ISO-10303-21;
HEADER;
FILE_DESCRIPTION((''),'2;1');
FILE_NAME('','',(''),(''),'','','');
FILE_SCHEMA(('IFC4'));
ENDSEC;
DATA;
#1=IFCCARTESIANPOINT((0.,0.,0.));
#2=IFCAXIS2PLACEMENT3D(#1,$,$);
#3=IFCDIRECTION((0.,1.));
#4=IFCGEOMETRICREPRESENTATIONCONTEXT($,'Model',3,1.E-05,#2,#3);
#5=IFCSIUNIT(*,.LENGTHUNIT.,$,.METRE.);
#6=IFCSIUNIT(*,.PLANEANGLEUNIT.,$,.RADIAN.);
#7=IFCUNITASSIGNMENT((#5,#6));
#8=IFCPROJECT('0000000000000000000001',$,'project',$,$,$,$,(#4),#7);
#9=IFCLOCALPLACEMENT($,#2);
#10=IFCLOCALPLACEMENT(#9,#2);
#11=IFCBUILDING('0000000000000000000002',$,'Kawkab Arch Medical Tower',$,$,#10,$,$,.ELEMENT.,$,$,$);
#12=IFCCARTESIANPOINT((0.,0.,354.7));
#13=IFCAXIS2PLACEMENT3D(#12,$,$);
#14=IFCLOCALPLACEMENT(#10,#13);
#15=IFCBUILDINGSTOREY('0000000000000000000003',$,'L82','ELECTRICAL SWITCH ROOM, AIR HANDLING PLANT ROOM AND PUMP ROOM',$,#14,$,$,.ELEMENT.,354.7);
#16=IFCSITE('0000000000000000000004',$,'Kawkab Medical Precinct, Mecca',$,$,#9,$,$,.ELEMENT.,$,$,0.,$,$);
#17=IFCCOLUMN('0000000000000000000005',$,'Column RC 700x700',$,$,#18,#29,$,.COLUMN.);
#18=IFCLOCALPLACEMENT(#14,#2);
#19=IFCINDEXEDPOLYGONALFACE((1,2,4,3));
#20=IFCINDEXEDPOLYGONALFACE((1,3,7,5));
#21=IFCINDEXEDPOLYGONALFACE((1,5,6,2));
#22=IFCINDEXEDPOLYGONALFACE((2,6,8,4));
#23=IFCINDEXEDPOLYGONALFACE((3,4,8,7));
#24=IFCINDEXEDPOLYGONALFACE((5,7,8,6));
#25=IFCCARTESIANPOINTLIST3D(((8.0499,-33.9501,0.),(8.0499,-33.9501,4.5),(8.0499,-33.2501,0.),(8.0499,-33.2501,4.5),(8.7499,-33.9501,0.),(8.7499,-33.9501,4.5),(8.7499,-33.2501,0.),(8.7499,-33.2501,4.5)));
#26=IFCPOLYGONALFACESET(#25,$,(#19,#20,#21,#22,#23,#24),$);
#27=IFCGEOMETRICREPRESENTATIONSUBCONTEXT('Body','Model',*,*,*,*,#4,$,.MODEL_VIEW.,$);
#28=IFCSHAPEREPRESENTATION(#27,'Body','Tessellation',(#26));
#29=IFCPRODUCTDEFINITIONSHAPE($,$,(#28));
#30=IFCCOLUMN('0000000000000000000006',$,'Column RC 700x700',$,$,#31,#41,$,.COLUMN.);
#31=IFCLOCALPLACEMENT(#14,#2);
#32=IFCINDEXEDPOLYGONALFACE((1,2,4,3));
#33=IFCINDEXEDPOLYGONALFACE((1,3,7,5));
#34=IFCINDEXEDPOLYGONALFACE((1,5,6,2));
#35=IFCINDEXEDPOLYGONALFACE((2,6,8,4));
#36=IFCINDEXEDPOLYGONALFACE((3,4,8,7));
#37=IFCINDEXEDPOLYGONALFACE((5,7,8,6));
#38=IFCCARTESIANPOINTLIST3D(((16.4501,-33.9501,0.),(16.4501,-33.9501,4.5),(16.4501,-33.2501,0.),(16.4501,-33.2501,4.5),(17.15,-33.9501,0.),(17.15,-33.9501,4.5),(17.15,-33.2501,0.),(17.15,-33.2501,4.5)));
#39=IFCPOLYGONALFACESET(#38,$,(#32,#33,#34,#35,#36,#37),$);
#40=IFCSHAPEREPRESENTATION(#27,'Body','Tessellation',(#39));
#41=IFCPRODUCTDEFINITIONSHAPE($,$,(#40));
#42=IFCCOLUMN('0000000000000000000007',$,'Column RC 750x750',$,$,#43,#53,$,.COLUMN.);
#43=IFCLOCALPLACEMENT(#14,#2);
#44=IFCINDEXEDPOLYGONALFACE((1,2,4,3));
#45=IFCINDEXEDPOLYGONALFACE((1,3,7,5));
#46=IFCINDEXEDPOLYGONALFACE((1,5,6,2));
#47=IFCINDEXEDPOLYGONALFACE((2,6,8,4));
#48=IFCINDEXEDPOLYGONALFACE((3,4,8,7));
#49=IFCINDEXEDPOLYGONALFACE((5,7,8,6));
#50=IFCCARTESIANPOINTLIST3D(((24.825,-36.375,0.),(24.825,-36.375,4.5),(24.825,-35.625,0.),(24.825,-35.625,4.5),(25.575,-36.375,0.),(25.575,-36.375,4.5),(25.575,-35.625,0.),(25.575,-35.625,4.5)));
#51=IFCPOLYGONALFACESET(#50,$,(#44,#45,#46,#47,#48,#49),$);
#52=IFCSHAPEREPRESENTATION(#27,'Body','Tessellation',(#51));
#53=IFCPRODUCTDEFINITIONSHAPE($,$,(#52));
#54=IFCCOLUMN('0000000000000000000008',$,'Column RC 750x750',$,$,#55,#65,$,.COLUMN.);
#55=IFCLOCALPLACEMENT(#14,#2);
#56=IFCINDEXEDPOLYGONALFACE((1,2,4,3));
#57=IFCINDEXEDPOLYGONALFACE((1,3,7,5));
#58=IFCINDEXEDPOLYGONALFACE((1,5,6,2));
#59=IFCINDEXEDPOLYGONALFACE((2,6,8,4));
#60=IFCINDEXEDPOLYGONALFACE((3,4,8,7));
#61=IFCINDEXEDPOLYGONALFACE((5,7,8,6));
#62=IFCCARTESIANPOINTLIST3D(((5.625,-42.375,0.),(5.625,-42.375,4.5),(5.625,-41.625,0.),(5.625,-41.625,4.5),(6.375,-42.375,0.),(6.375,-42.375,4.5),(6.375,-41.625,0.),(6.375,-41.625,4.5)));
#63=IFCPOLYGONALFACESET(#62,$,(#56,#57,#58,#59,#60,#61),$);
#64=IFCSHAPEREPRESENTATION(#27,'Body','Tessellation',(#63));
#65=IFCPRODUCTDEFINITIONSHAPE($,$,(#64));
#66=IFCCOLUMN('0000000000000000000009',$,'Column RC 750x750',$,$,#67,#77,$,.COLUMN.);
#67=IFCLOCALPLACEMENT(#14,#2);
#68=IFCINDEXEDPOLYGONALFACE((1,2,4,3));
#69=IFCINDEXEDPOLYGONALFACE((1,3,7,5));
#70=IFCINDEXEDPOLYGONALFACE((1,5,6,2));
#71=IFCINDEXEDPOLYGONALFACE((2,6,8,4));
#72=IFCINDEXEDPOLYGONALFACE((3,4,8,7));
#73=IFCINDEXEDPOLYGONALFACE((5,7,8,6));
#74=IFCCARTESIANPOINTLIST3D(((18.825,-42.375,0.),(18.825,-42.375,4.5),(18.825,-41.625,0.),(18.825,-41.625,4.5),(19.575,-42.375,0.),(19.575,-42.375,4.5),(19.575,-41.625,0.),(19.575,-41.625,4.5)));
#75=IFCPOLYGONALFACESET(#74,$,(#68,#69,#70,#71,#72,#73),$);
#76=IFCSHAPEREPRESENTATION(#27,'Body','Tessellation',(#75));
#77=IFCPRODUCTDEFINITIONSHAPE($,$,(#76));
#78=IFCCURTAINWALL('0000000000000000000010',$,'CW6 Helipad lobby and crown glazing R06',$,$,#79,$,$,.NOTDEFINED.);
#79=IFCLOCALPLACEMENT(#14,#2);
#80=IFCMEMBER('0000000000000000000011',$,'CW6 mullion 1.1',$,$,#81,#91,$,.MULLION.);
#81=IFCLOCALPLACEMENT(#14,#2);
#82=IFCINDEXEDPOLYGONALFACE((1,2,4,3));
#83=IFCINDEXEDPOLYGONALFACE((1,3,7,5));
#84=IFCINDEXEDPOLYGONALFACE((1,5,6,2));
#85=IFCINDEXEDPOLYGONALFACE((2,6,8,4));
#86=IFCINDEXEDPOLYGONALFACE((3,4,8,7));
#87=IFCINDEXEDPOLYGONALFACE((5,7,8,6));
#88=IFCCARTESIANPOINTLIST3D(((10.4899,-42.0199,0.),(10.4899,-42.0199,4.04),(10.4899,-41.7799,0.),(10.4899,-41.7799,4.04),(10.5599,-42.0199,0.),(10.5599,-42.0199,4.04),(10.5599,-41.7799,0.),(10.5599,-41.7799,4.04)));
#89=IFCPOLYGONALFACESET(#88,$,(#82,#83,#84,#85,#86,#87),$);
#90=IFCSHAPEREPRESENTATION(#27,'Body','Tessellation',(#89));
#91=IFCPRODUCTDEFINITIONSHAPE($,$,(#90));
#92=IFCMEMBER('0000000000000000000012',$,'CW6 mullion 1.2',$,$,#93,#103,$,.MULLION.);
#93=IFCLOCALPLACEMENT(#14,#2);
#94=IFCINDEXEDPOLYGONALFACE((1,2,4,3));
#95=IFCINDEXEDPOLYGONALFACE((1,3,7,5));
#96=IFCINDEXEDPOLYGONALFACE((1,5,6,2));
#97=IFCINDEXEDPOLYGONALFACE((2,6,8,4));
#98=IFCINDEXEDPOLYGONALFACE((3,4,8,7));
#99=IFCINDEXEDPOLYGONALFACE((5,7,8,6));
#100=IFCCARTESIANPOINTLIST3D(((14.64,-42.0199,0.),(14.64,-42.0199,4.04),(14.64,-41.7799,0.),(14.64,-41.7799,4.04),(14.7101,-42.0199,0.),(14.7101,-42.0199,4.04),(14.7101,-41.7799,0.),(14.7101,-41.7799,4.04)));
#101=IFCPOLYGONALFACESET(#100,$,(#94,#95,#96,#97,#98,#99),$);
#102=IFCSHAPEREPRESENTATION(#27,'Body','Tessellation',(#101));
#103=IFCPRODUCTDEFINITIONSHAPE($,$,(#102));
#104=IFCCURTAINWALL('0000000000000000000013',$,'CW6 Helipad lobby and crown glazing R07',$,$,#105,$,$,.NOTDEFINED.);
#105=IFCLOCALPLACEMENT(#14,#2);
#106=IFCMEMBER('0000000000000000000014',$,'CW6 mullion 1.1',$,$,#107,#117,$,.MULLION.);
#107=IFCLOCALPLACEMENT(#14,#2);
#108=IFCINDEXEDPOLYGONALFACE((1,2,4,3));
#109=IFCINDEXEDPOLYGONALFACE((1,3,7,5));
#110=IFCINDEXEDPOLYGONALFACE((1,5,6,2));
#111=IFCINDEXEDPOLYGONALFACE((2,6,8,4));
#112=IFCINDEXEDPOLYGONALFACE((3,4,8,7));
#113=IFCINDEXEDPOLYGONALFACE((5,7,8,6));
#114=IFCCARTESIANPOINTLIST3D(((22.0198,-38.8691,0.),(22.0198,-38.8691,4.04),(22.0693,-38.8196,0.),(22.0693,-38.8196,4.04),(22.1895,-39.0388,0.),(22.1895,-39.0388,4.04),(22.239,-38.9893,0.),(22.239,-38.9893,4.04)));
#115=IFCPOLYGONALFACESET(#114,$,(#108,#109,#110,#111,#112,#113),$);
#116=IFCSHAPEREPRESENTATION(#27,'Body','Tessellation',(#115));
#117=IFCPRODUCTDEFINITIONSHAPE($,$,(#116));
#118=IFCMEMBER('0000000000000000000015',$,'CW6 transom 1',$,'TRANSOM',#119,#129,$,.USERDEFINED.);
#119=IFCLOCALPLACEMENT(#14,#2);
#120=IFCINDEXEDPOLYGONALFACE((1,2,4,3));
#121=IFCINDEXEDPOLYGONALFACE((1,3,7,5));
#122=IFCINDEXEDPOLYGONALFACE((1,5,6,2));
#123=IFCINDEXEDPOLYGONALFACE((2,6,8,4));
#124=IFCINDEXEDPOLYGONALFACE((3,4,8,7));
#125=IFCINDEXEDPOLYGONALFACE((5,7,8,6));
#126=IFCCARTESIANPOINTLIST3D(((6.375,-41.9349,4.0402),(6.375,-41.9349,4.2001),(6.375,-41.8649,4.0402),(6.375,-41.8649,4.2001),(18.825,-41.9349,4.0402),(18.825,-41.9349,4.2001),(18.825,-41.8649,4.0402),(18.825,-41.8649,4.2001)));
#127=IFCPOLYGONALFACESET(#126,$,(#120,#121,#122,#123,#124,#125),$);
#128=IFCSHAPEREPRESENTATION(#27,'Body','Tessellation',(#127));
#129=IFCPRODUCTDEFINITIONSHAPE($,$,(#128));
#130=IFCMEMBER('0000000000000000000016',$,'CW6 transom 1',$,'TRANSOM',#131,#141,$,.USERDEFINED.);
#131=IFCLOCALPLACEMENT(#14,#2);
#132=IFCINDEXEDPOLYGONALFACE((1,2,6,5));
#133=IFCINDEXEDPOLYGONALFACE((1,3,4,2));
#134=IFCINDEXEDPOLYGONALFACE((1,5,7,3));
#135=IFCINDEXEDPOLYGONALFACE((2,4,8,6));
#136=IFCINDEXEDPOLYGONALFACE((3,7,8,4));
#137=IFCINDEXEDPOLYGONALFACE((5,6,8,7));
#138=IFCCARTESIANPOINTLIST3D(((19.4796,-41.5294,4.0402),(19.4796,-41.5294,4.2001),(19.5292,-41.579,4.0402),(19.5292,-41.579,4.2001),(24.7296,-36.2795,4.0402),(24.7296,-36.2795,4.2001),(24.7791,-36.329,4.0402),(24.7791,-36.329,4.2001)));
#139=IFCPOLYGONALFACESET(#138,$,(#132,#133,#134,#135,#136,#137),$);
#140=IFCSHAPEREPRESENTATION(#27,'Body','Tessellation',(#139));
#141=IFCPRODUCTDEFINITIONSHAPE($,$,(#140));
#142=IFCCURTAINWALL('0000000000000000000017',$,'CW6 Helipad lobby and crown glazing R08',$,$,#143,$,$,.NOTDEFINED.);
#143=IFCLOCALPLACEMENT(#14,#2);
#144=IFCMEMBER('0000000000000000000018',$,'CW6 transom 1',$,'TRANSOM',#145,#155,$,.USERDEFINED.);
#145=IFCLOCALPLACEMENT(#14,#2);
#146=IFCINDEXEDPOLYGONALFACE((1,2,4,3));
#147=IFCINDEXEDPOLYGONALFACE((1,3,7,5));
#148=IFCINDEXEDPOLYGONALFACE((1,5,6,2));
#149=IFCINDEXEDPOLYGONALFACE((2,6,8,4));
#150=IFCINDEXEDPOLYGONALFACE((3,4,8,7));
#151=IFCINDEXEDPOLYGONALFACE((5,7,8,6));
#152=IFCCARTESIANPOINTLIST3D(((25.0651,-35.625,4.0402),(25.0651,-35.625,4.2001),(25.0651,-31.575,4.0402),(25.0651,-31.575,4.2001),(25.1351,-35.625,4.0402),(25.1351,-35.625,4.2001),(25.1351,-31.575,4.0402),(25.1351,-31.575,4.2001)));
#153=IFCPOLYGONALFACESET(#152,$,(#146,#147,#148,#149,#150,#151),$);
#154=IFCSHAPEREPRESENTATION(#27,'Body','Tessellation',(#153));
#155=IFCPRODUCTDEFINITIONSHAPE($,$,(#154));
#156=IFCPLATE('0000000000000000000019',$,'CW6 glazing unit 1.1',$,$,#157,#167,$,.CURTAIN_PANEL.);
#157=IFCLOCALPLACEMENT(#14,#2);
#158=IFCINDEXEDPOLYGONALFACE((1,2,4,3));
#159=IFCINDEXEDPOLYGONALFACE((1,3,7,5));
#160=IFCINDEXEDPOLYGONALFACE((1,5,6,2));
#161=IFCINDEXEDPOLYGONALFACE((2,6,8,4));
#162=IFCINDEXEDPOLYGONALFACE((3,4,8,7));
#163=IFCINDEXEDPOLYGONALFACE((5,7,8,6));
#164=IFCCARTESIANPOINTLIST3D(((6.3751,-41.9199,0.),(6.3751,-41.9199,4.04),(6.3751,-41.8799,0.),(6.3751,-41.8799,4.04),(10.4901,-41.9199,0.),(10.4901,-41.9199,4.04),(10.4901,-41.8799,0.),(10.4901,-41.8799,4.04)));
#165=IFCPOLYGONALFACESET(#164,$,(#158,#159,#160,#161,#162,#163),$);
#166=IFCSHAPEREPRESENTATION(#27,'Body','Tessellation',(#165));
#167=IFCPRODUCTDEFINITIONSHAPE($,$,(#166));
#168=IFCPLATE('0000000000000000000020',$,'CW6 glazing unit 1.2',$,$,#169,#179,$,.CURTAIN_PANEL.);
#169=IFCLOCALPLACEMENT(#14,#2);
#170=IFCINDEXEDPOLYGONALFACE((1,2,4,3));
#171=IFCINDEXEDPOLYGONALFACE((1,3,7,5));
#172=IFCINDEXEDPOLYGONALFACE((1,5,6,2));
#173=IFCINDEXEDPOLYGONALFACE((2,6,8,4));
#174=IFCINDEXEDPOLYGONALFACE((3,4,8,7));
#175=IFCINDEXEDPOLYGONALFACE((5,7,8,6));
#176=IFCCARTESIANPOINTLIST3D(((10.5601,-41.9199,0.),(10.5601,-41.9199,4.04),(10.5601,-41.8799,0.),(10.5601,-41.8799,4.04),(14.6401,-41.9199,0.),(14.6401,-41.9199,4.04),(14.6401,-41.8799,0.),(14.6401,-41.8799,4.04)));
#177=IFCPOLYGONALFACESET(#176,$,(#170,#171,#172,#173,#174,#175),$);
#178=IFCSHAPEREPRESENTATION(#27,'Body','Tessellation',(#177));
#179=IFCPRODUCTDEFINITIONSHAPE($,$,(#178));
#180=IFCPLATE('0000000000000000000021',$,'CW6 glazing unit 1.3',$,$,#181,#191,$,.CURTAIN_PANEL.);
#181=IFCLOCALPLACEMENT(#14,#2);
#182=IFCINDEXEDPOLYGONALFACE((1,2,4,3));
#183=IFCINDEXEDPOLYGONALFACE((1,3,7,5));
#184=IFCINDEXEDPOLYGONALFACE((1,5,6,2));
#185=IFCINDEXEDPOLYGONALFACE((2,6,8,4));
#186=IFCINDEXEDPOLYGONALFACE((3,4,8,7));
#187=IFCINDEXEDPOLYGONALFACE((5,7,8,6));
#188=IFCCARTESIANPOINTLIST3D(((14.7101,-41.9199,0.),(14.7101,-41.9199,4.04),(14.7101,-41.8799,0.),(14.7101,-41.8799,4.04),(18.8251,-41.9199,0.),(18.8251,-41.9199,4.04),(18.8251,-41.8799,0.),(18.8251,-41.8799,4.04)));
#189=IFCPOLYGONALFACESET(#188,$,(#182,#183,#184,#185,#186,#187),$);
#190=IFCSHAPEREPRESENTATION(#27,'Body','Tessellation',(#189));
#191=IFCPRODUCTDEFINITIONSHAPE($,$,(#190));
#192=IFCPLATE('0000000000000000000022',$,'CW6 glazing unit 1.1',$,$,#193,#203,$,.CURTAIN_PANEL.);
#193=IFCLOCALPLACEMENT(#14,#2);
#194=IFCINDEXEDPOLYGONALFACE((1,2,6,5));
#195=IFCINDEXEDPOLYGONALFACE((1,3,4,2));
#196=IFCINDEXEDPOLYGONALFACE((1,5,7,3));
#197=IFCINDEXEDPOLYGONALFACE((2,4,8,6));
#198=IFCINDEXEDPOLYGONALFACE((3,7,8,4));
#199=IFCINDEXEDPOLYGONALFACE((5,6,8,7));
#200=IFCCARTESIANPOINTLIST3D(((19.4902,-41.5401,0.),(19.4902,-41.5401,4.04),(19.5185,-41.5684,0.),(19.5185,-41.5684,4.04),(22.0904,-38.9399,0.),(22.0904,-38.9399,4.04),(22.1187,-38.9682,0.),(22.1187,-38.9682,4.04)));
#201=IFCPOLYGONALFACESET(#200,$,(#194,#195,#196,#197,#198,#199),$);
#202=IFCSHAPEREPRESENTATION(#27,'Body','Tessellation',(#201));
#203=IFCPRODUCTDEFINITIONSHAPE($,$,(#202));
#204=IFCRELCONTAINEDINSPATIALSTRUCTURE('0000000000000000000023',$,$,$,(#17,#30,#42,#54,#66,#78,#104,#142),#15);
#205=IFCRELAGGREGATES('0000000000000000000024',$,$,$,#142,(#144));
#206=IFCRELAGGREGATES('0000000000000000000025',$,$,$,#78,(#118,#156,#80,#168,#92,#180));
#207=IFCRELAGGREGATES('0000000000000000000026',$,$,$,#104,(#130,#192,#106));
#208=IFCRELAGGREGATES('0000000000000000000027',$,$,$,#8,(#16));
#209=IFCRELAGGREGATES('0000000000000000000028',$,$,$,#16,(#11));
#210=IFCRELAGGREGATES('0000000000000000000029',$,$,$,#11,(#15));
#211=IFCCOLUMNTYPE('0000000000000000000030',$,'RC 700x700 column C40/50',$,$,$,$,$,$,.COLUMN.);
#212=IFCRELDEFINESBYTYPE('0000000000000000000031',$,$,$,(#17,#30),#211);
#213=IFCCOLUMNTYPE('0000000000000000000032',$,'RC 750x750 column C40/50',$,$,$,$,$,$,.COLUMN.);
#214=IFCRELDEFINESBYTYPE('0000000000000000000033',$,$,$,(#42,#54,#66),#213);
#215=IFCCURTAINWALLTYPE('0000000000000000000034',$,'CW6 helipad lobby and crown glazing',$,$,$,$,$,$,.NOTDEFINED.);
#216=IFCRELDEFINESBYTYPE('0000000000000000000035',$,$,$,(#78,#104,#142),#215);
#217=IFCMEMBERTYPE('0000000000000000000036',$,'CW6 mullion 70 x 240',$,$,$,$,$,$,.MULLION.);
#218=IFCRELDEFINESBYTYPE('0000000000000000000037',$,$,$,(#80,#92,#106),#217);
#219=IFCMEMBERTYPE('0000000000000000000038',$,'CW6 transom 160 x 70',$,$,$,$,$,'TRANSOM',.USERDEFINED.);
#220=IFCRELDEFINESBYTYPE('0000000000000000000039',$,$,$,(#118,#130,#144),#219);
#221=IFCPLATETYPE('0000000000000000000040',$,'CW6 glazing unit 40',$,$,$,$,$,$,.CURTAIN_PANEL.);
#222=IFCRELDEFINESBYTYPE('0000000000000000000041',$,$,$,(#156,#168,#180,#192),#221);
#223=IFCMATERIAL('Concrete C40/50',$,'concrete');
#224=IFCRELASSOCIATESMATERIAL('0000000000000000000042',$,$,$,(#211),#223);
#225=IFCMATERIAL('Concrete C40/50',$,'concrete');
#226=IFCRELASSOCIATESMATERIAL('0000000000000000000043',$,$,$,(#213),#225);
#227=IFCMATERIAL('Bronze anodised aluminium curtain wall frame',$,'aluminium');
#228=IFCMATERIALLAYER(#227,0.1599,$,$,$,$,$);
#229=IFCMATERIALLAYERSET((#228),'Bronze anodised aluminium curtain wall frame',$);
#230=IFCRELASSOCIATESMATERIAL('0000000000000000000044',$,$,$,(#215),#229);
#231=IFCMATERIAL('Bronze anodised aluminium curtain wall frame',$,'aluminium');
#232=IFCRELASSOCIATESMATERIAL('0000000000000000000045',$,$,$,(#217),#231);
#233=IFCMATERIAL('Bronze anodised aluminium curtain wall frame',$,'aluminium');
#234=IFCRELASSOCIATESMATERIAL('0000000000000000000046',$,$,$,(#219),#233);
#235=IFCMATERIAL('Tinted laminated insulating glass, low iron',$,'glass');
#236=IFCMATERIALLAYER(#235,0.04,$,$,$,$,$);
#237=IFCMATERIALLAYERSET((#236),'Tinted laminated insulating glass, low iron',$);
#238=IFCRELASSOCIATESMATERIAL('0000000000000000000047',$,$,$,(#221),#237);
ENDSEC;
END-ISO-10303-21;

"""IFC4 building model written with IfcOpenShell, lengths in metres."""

from ifc_helpers import new_model, si_unit, direction, frame, origin, origin_2d, place, context, subcontext, project, spatial, rectangle, extrude, material, layer, layer_set, material_profile, profile_set, type_object, element, aggregate, save


model = new_model("IFC4")

# Units and contexts
model_context = context("Model", 3, precision=1e-05, world=origin(), true_north=direction((0.0, 1.0)))
body_context = subcontext(model_context, "Body", "Model", "MODEL_VIEW")
ifc_project = project(units=[si_unit("LENGTHUNIT", "METRE"), si_unit("PLANEANGLEUNIT", "RADIAN")], contexts=[model_context])

# Site, building, storey
site_placement = place(None, origin())
site = spatial("IfcSite", under=ifc_project, at=site_placement, Name="Kawkab Medical Precinct, Mecca", CompositionType="ELEMENT", RefElevation=0.0)
building_placement = place(site_placement, origin())
building = spatial("IfcBuilding", under=site, at=building_placement, Name="Kawkab Arch Medical Tower", CompositionType="ELEMENT")
storey_placement = place(building_placement, frame((0.0, 0.0, 354.7)))
storey = spatial("IfcBuildingStorey", under=building, at=storey_placement, Name="L82", Description="ELECTRICAL SWITCH ROOM, AIR HANDLING PLANT ROOM AND PUMP ROOM", CompositionType="ELEMENT", Elevation=354.7)

# Columns
ifc_material_1 = material(Name="Concrete C40/50", Category="concrete")
ifc_material_profile_1 = material_profile(ifc_material_1, rectangle(XDim=0.7, YDim=0.7, at=origin_2d()), Name="RC 700x700")
ifc_profile_set_1 = profile_set([ifc_material_profile_1], Name="Concrete C40/50")
column_type_1 = type_object("IfcColumnType", Name="RC 700x700 column C40/50", PredefinedType="COLUMN", material=ifc_profile_set_1)
for number, where, z_axis, x_axis, name in (
    (1, (8.3999, -33.6001, 0.0), (0.0, 0.0, 1.0), (1.0, 0.0, 0.0), "Column RC 700x700"),
    (2, (16.8, -33.6001, 0.0), (0.0, 0.0, 1.0), (1.0, 0.0, 0.0), "Column RC 700x700"),
):
    element("IfcColumn", number, at=place(storey_placement, frame(where, z_axis=z_axis, x_axis=x_axis)), inside=storey, type_object=column_type_1, Name=name, PredefinedType="COLUMN", context=body_context, shape_type="SweptSolid", body=[
        extrude(rectangle(XDim=0.7, YDim=0.7, at=origin_2d()), origin(), (0.0, 0.0, 1.0), 4.5),
    ])
ifc_material_2 = material(Name="Concrete C40/50", Category="concrete")
ifc_material_profile_2 = material_profile(ifc_material_2, rectangle(XDim=0.75, YDim=0.75, at=origin_2d()), Name="RC 750x750")
ifc_profile_set_2 = profile_set([ifc_material_profile_2], Name="Concrete C40/50")
column_type_2 = type_object("IfcColumnType", Name="RC 750x750 column C40/50", PredefinedType="COLUMN", material=ifc_profile_set_2)
for number, where, z_axis, x_axis, name in (
    (3, (25.2, -36.0, 0.0), (0.0, 0.0, 1.0), (1.0, 0.0, 0.0), "Column RC 750x750"),
    (4, (6.0, -42.0, 0.0), (0.0, 0.0, 1.0), (1.0, 0.0, 0.0), "Column RC 750x750"),
    (5, (19.2, -42.0, 0.0), (0.0, 0.0, 1.0), (1.0, 0.0, 0.0), "Column RC 750x750"),
):
    element("IfcColumn", number, at=place(storey_placement, frame(where, z_axis=z_axis, x_axis=x_axis)), inside=storey, type_object=column_type_2, Name=name, PredefinedType="COLUMN", context=body_context, shape_type="SweptSolid", body=[
        extrude(rectangle(XDim=0.75, YDim=0.75, at=origin_2d()), origin(), (0.0, 0.0, 1.0), 4.5),
    ])

# Curtain wall, members
ifc_material_3 = material(Name="Bronze anodised aluminium curtain wall frame", Category="aluminium")
ifc_layer_1 = layer(ifc_material_3, 0.1599)
ifc_layer_set_1 = layer_set([ifc_layer_1], Name="Bronze anodised aluminium curtain wall frame")
curtain_wall_type = type_object("IfcCurtainWallType", Name="CW6 helipad lobby and crown glazing", PredefinedType="NOTDEFINED", material=ifc_layer_set_1)
placement = place(storey_placement, origin())
curtain_wall_1 = element("IfcCurtainWall", 6, at=placement, inside=storey, type_object=curtain_wall_type, Name="CW6 Helipad lobby and crown glazing R06", PredefinedType="NOTDEFINED")
ifc_material_4 = material(Name="Bronze anodised aluminium curtain wall frame", Category="aluminium")
ifc_material_profile_3 = material_profile(ifc_material_4, rectangle(XDim=0.24, YDim=0.0701, at=origin_2d()), Name="AL 70x240")
ifc_profile_set_3 = profile_set([ifc_material_profile_3], Name="Bronze anodised aluminium curtain wall frame")
member_type_1 = type_object("IfcMemberType", Name="CW6 mullion 70 x 240", PredefinedType="MULLION", material=ifc_profile_set_3)
member_1_placement = place(storey_placement, frame((10.5249, -41.8999, 0.0), z_axis=(0.0, 0.0, 1.0), x_axis=(0.0, 1.0, 0.0)))
member_1 = element("IfcMember", 7, at=member_1_placement, type_object=member_type_1, Name="CW6 mullion 1.1", PredefinedType="MULLION", context=body_context, shape_type="SweptSolid", body=[
    extrude(rectangle(XDim=0.24, YDim=0.0701, at=origin_2d()), origin(), (0.0, 0.0, 1.0), 4.04),
])
member_2_placement = place(storey_placement, frame((14.675, -41.8999, 0.0), z_axis=(0.0, 0.0, 1.0), x_axis=(0.0, 1.0, 0.0)))
member_2 = element("IfcMember", 8, at=member_2_placement, type_object=member_type_1, Name="CW6 mullion 1.2", PredefinedType="MULLION", context=body_context, shape_type="SweptSolid", body=[
    extrude(rectangle(XDim=0.24, YDim=0.0701, at=origin_2d()), origin(), (0.0, 0.0, 1.0), 4.04),
])

# Curtain wall, member
curtain_wall_2 = element("IfcCurtainWall", 9, at=placement, inside=storey, type_object=curtain_wall_type, Name="CW6 Helipad lobby and crown glazing R07", PredefinedType="NOTDEFINED")
member_3_placement = place(storey_placement, frame((22.1294, -38.9292, 0.0), z_axis=(0.0, 0.0, 1.0), x_axis=(-0.707107, 0.707107, 0.0)))
member_3 = element("IfcMember", 10, at=member_3_placement, type_object=member_type_1, Name="CW6 mullion 1.1", PredefinedType="MULLION", context=body_context, shape_type="SweptSolid", body=[
    extrude(rectangle(XDim=0.24, YDim=0.0701, at=origin_2d()), origin(), (0.0, 0.0, 1.0), 4.04),
])

# Members
ifc_material_5 = material(Name="Bronze anodised aluminium curtain wall frame", Category="aluminium")
ifc_material_profile_4 = material_profile(ifc_material_5, rectangle(XDim=0.0701, YDim=0.1599, at=origin_2d()), Name="AL 70x160")
ifc_profile_set_4 = profile_set([ifc_material_profile_4], Name="Bronze anodised aluminium curtain wall frame")
member_type_2 = type_object("IfcMemberType", Name="CW6 transom 160 x 70", ElementType="TRANSOM", PredefinedType="USERDEFINED", material=ifc_profile_set_4)
member_4_placement = place(storey_placement, frame((6.375, -41.8999, 4.1201), z_axis=(1.0, 0.0, 0.0), x_axis=(0.0, 1.0, 0.0)))
member_4 = element("IfcMember", 11, at=member_4_placement, type_object=member_type_2, Name="CW6 transom 1", ObjectType="TRANSOM", PredefinedType="USERDEFINED", context=body_context, shape_type="SweptSolid", body=[
    extrude(rectangle(XDim=0.0701, YDim=0.1599, at=origin_2d()), origin(), (0.0, 0.0, 1.0), 12.45),
])
member_5_placement = place(storey_placement, frame((19.5044, -41.5542, 4.1201), z_axis=(0.707107, 0.707107, 0.0), x_axis=(-0.707107, 0.707107, 0.0)))
member_5 = element("IfcMember", 12, at=member_5_placement, type_object=member_type_2, Name="CW6 transom 1", ObjectType="TRANSOM", PredefinedType="USERDEFINED", context=body_context, shape_type="SweptSolid", body=[
    extrude(rectangle(XDim=0.0701, YDim=0.1599, at=origin_2d()), origin(), (0.0, 0.0, 1.0), 7.4246),
])

# Curtain wall, member
curtain_wall_3 = element("IfcCurtainWall", 13, at=placement, inside=storey, type_object=curtain_wall_type, Name="CW6 Helipad lobby and crown glazing R08", PredefinedType="NOTDEFINED")
member_6_placement = place(storey_placement, frame((25.1001, -35.625, 4.1201), z_axis=(0.0, 1.0, 0.0), x_axis=(-1.0, 0.0, 0.0)))
member_6 = element("IfcMember", 14, at=member_6_placement, type_object=member_type_2, Name="CW6 transom 1", ObjectType="TRANSOM", PredefinedType="USERDEFINED", context=body_context, shape_type="SweptSolid", body=[
    extrude(rectangle(XDim=0.0701, YDim=0.1599, at=origin_2d()), origin(), (0.0, 0.0, 1.0), 4.05),
])
aggregate(curtain_wall_3, [member_6])

# Plates
ifc_material_6 = material(Name="Tinted laminated insulating glass, low iron", Category="glass")
ifc_layer_2 = layer(ifc_material_6, 0.04)
ifc_layer_set_2 = layer_set([ifc_layer_2], Name="Tinted laminated insulating glass, low iron")
plate_type_1 = type_object("IfcPlateType", Name="CW6 glazing unit 40", PredefinedType="CURTAIN_PANEL", material=ifc_layer_set_2)
plate_1_placement = place(storey_placement, frame((8.4326, -41.8999, 0.0), z_axis=(0.0, 0.0, 1.0), x_axis=(1.0, 0.0, 0.0)))
plate_1 = element("IfcPlate", 15, at=plate_1_placement, type_object=plate_type_1, Name="CW6 glazing unit 1.1", PredefinedType="CURTAIN_PANEL", context=body_context, shape_type="SweptSolid", body=[
    extrude(rectangle(XDim=4.115, YDim=0.04, at=origin_2d()), origin(), (0.0, 0.0, 1.0), 4.04),
])
plate_2_placement = place(storey_placement, frame((12.6001, -41.8999, 0.0), z_axis=(0.0, 0.0, 1.0), x_axis=(1.0, 0.0, 0.0)))
plate_2 = element("IfcPlate", 16, at=plate_2_placement, type_object=plate_type_1, Name="CW6 glazing unit 1.2", PredefinedType="CURTAIN_PANEL", context=body_context, shape_type="SweptSolid", body=[
    extrude(rectangle(XDim=4.0801, YDim=0.04, at=origin_2d()), origin(), (0.0, 0.0, 1.0), 4.04),
])
plate_3_placement = place(storey_placement, frame((16.7676, -41.8999, 0.0), z_axis=(0.0, 0.0, 1.0), x_axis=(1.0, 0.0, 0.0)))
plate_3 = element("IfcPlate", 17, at=plate_3_placement, type_object=plate_type_1, Name="CW6 glazing unit 1.3", PredefinedType="CURTAIN_PANEL", context=body_context, shape_type="SweptSolid", body=[
    extrude(rectangle(XDim=4.115, YDim=0.04, at=origin_2d()), origin(), (0.0, 0.0, 1.0), 4.04),
])
aggregate(curtain_wall_1, [member_4, plate_1, member_1, plate_2, member_2, plate_3])
plate_4_placement = place(storey_placement, frame((20.8044, -40.2542, 0.0), z_axis=(0.0, 0.0, 1.0), x_axis=(0.707107, 0.707107, 0.0)))
plate_4 = element("IfcPlate", 18, at=plate_4_placement, type_object=plate_type_1, Name="CW6 glazing unit 1.1", PredefinedType="CURTAIN_PANEL", context=body_context, shape_type="SweptSolid", body=[
    extrude(rectangle(XDim=3.6772, YDim=0.04, at=origin_2d()), origin(), (0.0, 0.0, 1.0), 4.04),
])
aggregate(curtain_wall_2, [member_5, plate_4, member_3])

save(model, "model.ifc")
